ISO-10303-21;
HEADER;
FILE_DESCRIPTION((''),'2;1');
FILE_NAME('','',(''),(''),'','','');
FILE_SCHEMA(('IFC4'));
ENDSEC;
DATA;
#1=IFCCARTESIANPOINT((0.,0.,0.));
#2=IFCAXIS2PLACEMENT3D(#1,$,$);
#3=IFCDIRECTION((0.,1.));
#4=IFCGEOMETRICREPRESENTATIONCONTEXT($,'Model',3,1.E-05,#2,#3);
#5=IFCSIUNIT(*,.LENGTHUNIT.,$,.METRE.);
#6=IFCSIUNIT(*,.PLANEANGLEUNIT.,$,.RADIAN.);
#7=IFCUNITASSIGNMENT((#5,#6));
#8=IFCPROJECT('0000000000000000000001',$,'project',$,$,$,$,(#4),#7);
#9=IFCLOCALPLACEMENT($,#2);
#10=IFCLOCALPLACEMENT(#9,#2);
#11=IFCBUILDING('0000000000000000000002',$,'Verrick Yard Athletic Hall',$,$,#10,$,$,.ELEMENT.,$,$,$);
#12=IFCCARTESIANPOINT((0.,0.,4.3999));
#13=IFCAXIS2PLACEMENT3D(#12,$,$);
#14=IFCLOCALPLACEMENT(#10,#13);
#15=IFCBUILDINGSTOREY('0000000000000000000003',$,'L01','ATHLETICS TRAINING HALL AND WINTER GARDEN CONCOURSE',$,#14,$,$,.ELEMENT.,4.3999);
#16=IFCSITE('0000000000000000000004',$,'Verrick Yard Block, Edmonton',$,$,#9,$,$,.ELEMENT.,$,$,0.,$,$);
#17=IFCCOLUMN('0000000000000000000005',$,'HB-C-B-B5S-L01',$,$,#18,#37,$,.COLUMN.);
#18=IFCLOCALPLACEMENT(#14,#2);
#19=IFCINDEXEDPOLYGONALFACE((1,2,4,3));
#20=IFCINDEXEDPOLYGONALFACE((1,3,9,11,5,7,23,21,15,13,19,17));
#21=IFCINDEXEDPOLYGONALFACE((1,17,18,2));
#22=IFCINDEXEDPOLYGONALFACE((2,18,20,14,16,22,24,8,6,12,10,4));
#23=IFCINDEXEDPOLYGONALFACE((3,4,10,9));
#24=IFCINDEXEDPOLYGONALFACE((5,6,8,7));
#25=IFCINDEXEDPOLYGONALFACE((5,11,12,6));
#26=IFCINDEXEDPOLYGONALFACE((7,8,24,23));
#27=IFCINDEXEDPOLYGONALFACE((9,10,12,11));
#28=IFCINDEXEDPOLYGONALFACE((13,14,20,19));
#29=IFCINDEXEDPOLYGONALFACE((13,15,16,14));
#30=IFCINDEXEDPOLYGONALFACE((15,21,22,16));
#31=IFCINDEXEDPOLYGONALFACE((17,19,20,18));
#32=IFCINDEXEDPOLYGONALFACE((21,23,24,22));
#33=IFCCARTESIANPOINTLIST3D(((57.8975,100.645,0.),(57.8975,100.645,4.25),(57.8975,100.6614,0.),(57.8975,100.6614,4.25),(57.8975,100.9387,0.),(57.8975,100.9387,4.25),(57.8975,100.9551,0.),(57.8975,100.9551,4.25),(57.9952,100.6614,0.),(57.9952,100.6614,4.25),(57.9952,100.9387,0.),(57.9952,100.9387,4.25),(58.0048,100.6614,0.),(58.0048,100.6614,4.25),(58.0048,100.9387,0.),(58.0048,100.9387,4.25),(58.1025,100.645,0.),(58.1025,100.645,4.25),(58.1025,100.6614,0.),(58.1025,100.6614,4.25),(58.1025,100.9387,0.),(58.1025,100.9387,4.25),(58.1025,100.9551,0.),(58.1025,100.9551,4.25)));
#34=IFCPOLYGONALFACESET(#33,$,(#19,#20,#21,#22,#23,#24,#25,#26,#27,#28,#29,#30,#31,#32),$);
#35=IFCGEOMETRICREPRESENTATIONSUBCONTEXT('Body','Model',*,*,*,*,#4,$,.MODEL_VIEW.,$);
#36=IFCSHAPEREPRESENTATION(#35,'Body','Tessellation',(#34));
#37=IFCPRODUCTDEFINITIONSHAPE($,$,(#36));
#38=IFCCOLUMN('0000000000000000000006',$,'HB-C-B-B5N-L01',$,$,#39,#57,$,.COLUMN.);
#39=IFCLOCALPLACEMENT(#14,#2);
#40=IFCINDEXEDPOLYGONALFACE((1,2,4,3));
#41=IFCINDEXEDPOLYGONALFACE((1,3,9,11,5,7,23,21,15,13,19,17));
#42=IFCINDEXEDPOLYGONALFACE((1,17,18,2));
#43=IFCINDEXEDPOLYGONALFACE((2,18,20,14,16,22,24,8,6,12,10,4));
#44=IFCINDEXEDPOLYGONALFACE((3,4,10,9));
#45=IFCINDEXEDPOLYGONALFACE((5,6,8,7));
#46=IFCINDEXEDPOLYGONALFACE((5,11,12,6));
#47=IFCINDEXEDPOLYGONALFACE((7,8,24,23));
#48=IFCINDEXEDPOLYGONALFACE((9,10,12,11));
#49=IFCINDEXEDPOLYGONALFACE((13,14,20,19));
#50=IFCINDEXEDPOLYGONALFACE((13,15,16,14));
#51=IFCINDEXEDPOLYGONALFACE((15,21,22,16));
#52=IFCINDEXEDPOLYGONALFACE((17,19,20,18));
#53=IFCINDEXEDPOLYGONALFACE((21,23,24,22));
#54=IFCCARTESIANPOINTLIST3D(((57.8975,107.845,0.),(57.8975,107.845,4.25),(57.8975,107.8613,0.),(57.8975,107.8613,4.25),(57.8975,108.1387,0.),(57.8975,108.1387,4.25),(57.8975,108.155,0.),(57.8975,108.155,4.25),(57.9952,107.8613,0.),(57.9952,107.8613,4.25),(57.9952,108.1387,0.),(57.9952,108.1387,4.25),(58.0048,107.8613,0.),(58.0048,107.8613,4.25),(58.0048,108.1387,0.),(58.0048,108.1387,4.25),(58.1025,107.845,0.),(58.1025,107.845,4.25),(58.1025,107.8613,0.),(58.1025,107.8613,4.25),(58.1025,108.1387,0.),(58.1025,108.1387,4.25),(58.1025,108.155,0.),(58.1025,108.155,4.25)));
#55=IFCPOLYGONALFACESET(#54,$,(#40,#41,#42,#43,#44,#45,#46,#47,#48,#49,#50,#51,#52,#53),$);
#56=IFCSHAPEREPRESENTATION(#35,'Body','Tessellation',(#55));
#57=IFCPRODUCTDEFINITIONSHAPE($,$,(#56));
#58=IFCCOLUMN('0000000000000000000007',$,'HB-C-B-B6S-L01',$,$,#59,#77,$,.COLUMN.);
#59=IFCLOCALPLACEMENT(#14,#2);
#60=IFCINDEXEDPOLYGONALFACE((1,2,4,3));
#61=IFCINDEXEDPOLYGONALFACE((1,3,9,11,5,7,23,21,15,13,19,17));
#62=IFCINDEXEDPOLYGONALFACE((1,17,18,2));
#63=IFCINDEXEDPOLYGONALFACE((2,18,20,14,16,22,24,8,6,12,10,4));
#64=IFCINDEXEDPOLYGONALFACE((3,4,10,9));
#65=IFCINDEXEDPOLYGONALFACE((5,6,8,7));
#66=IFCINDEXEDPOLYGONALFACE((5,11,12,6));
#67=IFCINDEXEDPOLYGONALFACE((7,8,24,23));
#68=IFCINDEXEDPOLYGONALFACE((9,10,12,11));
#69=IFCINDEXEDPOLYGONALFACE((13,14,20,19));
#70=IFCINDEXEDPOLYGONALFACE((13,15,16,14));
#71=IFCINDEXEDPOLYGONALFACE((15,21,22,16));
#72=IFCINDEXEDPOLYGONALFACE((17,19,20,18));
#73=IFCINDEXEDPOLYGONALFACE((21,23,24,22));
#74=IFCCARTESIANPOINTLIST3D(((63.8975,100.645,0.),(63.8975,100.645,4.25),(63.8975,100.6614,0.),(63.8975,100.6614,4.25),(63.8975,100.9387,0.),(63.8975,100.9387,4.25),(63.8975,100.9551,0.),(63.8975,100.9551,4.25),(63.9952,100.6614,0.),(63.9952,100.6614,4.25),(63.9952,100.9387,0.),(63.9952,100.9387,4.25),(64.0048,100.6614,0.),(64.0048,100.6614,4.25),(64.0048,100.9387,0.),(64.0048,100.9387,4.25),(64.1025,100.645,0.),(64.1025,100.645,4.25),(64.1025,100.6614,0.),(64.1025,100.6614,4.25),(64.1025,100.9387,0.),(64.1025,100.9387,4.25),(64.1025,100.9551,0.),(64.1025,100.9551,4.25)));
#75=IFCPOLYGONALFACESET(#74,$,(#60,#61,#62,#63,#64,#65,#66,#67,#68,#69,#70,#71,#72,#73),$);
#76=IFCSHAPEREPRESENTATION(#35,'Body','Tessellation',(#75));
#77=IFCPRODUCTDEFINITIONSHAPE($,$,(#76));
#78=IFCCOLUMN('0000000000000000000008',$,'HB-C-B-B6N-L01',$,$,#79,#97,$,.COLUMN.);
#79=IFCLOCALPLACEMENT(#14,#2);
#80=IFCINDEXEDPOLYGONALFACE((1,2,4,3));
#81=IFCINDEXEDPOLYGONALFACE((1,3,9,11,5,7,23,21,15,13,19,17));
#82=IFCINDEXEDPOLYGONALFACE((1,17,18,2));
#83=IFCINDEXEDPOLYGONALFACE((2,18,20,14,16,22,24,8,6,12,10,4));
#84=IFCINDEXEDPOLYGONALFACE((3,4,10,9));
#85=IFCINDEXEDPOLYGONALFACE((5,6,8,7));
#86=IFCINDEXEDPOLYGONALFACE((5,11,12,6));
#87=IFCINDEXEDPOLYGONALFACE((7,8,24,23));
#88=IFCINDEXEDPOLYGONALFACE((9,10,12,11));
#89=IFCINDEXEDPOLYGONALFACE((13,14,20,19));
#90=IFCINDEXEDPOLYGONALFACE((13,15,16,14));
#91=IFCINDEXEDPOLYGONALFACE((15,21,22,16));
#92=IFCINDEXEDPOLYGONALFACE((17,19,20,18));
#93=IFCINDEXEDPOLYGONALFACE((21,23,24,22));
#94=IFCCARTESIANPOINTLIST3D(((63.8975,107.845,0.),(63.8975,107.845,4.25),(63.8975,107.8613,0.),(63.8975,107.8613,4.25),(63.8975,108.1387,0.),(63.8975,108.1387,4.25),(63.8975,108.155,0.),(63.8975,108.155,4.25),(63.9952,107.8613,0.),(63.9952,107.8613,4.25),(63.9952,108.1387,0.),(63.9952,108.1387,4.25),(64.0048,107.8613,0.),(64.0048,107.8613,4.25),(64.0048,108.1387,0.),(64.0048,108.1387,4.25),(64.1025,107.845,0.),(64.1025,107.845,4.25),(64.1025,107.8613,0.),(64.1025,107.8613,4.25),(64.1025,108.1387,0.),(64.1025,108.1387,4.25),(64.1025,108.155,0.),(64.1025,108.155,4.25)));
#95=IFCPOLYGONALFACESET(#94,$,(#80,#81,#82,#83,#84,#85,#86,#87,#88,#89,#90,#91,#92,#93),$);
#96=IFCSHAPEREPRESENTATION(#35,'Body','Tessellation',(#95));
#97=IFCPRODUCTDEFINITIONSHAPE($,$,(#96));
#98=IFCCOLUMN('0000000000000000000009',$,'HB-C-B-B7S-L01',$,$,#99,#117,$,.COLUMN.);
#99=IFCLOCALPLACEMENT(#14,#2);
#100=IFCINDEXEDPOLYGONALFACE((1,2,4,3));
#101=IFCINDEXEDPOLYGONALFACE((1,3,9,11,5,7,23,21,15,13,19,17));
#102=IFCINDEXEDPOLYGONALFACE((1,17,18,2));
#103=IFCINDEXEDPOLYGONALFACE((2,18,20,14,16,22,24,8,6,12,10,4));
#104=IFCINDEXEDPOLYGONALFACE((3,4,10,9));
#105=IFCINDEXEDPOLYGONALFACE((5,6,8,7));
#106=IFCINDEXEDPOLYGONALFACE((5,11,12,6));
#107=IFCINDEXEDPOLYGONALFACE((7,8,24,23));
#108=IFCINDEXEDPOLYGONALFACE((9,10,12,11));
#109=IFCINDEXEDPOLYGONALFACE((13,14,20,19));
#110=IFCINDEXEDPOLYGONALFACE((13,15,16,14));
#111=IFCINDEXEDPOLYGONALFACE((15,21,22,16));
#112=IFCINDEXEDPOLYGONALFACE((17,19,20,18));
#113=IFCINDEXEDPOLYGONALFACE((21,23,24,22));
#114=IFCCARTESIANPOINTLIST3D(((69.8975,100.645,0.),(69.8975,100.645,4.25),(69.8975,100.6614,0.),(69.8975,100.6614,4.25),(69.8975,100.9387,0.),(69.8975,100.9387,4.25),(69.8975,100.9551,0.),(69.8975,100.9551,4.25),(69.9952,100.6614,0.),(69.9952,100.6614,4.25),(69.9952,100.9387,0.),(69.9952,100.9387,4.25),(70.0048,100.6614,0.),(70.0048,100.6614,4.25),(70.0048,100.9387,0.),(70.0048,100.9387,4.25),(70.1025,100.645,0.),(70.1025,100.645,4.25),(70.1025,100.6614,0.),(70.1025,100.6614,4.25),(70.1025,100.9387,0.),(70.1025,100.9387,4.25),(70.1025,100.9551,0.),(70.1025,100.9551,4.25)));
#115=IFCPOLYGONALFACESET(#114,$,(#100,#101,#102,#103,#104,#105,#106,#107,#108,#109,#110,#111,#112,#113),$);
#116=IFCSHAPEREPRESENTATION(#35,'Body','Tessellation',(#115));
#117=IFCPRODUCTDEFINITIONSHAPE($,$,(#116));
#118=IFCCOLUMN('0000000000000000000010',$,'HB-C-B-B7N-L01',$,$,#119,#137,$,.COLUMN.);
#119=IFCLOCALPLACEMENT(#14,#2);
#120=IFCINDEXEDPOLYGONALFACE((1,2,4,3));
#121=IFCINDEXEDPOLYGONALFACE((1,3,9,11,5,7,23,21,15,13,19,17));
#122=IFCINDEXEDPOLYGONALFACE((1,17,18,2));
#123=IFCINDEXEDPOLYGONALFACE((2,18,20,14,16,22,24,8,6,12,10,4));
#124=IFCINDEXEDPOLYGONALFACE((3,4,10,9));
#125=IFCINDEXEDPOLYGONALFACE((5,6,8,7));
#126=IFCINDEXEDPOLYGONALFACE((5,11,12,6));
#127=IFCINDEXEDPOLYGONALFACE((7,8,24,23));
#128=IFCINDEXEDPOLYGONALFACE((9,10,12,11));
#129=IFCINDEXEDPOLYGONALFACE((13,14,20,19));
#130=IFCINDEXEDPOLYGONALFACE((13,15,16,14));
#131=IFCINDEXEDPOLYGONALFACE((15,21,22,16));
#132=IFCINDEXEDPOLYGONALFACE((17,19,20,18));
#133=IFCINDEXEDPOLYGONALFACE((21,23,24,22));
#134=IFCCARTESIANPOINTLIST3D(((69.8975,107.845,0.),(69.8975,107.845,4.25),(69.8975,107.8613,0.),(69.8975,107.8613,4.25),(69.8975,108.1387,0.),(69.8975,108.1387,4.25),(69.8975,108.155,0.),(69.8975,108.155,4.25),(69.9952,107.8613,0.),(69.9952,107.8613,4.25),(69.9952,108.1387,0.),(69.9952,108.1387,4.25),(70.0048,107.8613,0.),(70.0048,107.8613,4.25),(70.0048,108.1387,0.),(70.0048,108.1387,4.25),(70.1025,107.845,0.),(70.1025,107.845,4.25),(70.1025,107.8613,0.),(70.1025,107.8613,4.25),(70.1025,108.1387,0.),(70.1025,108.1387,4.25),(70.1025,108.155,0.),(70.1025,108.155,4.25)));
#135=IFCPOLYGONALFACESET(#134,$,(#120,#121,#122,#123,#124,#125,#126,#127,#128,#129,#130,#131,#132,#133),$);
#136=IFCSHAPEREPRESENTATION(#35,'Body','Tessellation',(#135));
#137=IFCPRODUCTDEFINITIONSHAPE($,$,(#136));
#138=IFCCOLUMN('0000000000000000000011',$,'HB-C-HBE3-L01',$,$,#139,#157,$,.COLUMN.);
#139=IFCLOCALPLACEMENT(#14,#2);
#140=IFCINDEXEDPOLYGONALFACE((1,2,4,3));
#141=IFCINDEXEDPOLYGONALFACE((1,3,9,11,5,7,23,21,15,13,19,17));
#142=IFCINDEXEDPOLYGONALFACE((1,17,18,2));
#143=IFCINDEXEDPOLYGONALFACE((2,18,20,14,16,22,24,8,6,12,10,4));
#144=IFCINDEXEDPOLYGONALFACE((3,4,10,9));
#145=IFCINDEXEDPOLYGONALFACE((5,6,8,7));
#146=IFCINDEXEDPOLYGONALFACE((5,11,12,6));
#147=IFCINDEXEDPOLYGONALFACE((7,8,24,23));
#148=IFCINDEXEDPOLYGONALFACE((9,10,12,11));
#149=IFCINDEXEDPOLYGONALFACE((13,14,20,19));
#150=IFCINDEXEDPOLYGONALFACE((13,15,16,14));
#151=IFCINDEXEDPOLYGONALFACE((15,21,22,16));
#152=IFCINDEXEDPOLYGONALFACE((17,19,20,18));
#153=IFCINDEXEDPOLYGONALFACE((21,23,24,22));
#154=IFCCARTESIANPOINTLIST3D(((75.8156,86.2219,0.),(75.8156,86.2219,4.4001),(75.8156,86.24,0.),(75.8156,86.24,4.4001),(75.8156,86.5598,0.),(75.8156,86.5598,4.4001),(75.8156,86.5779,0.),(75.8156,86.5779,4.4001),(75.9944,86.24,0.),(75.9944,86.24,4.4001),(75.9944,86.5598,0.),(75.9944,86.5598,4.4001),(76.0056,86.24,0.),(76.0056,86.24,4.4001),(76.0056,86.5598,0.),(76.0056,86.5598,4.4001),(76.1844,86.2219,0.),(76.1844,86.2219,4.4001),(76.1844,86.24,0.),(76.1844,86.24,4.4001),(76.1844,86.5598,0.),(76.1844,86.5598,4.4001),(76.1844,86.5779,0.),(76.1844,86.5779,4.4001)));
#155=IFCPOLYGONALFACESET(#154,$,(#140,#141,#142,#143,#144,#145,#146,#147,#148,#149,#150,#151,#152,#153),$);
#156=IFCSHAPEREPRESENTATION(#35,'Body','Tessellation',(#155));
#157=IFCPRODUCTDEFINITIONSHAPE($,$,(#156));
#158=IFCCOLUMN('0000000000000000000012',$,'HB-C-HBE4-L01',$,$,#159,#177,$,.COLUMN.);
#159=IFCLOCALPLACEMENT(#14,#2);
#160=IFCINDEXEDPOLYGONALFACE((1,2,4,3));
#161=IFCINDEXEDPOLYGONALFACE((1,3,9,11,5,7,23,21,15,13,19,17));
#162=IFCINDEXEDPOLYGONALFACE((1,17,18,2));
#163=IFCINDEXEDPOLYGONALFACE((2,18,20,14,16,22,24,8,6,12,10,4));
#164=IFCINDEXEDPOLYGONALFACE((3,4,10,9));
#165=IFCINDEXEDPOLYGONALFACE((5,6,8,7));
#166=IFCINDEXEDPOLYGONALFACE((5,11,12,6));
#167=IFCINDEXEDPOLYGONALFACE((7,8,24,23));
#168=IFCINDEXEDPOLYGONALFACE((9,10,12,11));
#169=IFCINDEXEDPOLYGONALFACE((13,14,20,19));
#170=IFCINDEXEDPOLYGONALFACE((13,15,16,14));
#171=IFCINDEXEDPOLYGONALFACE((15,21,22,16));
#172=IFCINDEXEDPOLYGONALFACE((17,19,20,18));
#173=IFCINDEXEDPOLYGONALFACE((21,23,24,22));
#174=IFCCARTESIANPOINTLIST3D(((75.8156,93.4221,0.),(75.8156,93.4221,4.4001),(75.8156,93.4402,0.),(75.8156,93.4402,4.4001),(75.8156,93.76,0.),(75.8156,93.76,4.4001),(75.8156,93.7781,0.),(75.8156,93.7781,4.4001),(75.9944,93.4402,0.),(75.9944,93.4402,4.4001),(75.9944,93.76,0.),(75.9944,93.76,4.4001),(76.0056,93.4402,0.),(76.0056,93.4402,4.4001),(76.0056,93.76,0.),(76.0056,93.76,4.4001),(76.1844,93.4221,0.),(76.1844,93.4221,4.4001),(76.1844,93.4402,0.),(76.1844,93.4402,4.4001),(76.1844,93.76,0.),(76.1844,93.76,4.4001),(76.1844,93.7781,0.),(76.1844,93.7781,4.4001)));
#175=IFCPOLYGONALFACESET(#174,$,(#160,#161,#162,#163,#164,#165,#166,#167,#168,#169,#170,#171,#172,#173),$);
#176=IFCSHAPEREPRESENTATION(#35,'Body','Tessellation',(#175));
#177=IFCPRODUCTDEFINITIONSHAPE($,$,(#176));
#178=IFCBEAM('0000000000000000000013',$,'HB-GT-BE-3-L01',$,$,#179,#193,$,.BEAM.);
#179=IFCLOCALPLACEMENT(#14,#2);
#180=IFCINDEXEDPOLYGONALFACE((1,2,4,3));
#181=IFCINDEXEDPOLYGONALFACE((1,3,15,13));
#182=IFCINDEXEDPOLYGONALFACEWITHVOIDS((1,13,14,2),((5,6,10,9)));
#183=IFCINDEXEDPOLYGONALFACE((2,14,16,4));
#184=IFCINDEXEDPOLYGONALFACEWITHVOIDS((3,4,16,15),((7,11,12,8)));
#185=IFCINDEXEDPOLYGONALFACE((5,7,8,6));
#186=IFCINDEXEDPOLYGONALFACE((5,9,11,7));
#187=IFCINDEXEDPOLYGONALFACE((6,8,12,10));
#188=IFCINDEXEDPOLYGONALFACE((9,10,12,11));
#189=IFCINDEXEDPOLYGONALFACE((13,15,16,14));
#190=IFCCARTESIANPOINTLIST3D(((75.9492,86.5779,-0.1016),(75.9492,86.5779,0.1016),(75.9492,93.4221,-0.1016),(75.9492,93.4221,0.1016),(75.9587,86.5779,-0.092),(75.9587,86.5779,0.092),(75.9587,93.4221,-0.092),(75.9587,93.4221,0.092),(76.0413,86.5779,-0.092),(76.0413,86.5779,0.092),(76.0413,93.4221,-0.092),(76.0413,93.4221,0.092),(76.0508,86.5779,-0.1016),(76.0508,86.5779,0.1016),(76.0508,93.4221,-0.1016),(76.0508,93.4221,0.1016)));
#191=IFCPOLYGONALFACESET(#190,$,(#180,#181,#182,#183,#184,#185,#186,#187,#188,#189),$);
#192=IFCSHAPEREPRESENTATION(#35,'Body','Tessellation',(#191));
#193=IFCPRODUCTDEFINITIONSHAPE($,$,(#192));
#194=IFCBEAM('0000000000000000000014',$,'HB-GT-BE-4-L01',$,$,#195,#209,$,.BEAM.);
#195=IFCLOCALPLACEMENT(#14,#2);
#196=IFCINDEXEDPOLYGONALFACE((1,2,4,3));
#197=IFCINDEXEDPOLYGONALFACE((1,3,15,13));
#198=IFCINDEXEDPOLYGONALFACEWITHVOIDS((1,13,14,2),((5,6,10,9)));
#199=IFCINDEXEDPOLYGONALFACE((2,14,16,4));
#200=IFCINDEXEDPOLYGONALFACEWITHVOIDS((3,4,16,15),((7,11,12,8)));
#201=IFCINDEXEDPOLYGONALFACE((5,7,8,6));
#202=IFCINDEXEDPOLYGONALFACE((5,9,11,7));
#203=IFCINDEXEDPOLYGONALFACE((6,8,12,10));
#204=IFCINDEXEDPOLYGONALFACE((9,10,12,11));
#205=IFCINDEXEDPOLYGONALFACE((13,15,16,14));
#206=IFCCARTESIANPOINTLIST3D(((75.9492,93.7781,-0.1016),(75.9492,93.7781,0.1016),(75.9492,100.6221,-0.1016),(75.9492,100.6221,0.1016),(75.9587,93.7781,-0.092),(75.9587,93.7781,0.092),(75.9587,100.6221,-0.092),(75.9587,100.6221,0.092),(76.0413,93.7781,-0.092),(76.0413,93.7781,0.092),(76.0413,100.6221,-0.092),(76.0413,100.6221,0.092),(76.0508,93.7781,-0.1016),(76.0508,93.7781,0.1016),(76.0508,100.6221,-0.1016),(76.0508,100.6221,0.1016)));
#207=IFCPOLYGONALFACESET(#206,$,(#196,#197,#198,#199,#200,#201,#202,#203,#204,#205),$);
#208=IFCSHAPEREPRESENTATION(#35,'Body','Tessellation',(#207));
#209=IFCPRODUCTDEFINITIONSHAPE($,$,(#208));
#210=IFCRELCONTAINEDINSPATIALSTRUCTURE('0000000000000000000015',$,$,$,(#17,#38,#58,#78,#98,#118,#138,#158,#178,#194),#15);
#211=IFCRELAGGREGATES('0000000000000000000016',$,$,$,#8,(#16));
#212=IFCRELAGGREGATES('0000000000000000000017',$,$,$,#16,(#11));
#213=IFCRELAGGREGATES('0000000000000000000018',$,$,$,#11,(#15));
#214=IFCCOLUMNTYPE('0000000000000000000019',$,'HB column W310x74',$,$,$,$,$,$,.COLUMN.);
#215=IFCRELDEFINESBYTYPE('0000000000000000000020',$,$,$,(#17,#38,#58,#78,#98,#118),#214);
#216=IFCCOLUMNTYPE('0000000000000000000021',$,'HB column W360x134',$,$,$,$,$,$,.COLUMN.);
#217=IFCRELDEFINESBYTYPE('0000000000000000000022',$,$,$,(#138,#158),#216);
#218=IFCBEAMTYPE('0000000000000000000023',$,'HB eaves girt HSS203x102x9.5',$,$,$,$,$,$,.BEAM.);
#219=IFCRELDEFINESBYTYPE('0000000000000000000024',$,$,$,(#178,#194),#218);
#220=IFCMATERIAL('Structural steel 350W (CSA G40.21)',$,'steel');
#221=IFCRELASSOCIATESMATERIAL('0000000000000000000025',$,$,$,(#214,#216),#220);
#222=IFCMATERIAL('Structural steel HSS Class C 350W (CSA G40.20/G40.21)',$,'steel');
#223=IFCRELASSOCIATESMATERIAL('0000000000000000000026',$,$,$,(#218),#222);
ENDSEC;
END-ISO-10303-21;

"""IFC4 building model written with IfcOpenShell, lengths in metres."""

from ifc_helpers import new_model, si_unit, direction, frame, origin, origin_2d, place, context, subcontext, project, spatial, hollow_rectangle, i_section, extrude, material, material_profile, profile_set, type_object, element, save


model = new_model("IFC4")

# Units and contexts
model_context = context("Model", 3, precision=1e-05, world=origin(), true_north=direction((0.0, 1.0)))
body_context = subcontext(model_context, "Body", "Model", "MODEL_VIEW")
ifc_project = project(units=[si_unit("LENGTHUNIT", "METRE"), si_unit("PLANEANGLEUNIT", "RADIAN")], contexts=[model_context])

# Site, building, storey
site_placement = place(None, origin())
site = spatial("IfcSite", under=ifc_project, at=site_placement, Name="Verrick Yard Block, Edmonton", CompositionType="ELEMENT", RefElevation=0.0)
building_placement = place(site_placement, origin())
building = spatial("IfcBuilding", under=site, at=building_placement, Name="Verrick Yard Athletic Hall", CompositionType="ELEMENT")
storey_placement = place(building_placement, frame((0.0, 0.0, 4.3999)))
storey = spatial("IfcBuildingStorey", under=building, at=storey_placement, Name="L01", Description="ATHLETICS TRAINING HALL AND WINTER GARDEN CONCOURSE", CompositionType="ELEMENT", Elevation=4.3999)

# Columns
ifc_material_1 = material(Name="Structural steel 350W (CSA G40.21)", Category="steel")
ifc_material_profile_1 = material_profile(ifc_material_1, i_section(OverallWidth=0.2051, OverallDepth=0.3101, WebThickness=0.0095, FlangeThickness=0.0164, at=origin_2d()), Name="W310x74")
ifc_profile_set_1 = profile_set([ifc_material_profile_1], Name="Structural steel 350W (CSA G40.21)")
column_type_1 = type_object("IfcColumnType", Name="HB column W310x74", PredefinedType="COLUMN", material=ifc_profile_set_1)
for number, where, z_axis, x_axis, name in (
    (1, (58.0, 100.8, 0.0), (0.0, 0.0, 1.0), (1.0, 0.0, 0.0), "HB-C-B-B5S-L01"),
    (2, (58.0, 108.0, 0.0), (0.0, 0.0, 1.0), (1.0, 0.0, 0.0), "HB-C-B-B5N-L01"),
    (3, (64.0, 100.8, 0.0), (0.0, 0.0, 1.0), (1.0, 0.0, 0.0), "HB-C-B-B6S-L01"),
    (4, (64.0, 108.0, 0.0), (0.0, 0.0, 1.0), (1.0, 0.0, 0.0), "HB-C-B-B6N-L01"),
    (5, (70.0, 100.8, 0.0), (0.0, 0.0, 1.0), (1.0, 0.0, 0.0), "HB-C-B-B7S-L01"),
    (6, (70.0, 108.0, 0.0), (0.0, 0.0, 1.0), (1.0, 0.0, 0.0), "HB-C-B-B7N-L01"),
):
    element("IfcColumn", number, at=place(storey_placement, frame(where, z_axis=z_axis, x_axis=x_axis)), inside=storey, type_object=column_type_1, Name=name, PredefinedType="COLUMN", context=body_context, shape_type="SweptSolid", body=[
        extrude(i_section(OverallWidth=0.2051, OverallDepth=0.3101, WebThickness=0.0095, FlangeThickness=0.0164, at=origin_2d()), origin(), (0.0, 0.0, 1.0), 4.25),
    ])
ifc_material_profile_2 = material_profile(ifc_material_1, i_section(OverallWidth=0.3689, OverallDepth=0.356, WebThickness=0.0112, FlangeThickness=0.0181, at=origin_2d()), Name="W360x134")
ifc_profile_set_2 = profile_set([ifc_material_profile_2], Name="Structural steel 350W (CSA G40.21)")
column_type_2 = type_object("IfcColumnType", Name="HB column W360x134", PredefinedType="COLUMN", material=ifc_profile_set_2)
for number, where, z_axis, x_axis, name in (
    (7, (76.0, 86.3999, 0.0), (0.0, 0.0, 1.0), (1.0, 0.0, 0.0), "HB-C-HBE3-L01"),
    (8, (76.0, 93.6001, 0.0), (0.0, 0.0, 1.0), (1.0, 0.0, 0.0), "HB-C-HBE4-L01"),
):
    element("IfcColumn", number, at=place(storey_placement, frame(where, z_axis=z_axis, x_axis=x_axis)), inside=storey, type_object=column_type_2, Name=name, PredefinedType="COLUMN", context=body_context, shape_type="SweptSolid", body=[
        extrude(i_section(OverallWidth=0.3689, OverallDepth=0.356, WebThickness=0.0112, FlangeThickness=0.0181, at=origin_2d()), origin(), (0.0, 0.0, 1.0), 4.4001),
    ])

# Beams
ifc_material_2 = material(Name="Structural steel HSS Class C 350W (CSA G40.20/G40.21)", Category="steel")
ifc_material_profile_3 = material_profile(ifc_material_2, hollow_rectangle(XDim=0.1016, YDim=0.2031, WallThickness=0.0095, at=origin_2d()), Name="HSS203x102x9.5")
ifc_profile_set_3 = profile_set([ifc_material_profile_3], Name="Structural steel HSS Class C 350W (CSA G40.20/G40.21)")
beam_type_1 = type_object("IfcBeamType", Name="HB eaves girt HSS203x102x9.5", PredefinedType="BEAM", material=ifc_profile_set_3)
beam_1_placement = place(storey_placement, frame((76.0, 86.5779, 0.0), z_axis=(0.0, 1.0, 0.0), x_axis=(-1.0, 0.0, 0.0)))
element("IfcBeam", 9, at=beam_1_placement, inside=storey, type_object=beam_type_1, Name="HB-GT-BE-3-L01", PredefinedType="BEAM", context=body_context, shape_type="SweptSolid", body=[
    extrude(hollow_rectangle(XDim=0.1016, YDim=0.2031, WallThickness=0.0095, at=origin_2d()), origin(), (0.0, 0.0, 1.0), 6.8442),
])
beam_2_placement = place(storey_placement, frame((76.0, 93.7781, 0.0), z_axis=(0.0, 1.0, 0.0), x_axis=(-1.0, 0.0, 0.0)))
element("IfcBeam", 10, at=beam_2_placement, inside=storey, type_object=beam_type_1, Name="HB-GT-BE-4-L01", PredefinedType="BEAM", context=body_context, shape_type="SweptSolid", body=[
    extrude(hollow_rectangle(XDim=0.1016, YDim=0.2031, WallThickness=0.0095, at=origin_2d()), origin(), (0.0, 0.0, 1.0), 6.844),
])

save(model, "model.ifc")
